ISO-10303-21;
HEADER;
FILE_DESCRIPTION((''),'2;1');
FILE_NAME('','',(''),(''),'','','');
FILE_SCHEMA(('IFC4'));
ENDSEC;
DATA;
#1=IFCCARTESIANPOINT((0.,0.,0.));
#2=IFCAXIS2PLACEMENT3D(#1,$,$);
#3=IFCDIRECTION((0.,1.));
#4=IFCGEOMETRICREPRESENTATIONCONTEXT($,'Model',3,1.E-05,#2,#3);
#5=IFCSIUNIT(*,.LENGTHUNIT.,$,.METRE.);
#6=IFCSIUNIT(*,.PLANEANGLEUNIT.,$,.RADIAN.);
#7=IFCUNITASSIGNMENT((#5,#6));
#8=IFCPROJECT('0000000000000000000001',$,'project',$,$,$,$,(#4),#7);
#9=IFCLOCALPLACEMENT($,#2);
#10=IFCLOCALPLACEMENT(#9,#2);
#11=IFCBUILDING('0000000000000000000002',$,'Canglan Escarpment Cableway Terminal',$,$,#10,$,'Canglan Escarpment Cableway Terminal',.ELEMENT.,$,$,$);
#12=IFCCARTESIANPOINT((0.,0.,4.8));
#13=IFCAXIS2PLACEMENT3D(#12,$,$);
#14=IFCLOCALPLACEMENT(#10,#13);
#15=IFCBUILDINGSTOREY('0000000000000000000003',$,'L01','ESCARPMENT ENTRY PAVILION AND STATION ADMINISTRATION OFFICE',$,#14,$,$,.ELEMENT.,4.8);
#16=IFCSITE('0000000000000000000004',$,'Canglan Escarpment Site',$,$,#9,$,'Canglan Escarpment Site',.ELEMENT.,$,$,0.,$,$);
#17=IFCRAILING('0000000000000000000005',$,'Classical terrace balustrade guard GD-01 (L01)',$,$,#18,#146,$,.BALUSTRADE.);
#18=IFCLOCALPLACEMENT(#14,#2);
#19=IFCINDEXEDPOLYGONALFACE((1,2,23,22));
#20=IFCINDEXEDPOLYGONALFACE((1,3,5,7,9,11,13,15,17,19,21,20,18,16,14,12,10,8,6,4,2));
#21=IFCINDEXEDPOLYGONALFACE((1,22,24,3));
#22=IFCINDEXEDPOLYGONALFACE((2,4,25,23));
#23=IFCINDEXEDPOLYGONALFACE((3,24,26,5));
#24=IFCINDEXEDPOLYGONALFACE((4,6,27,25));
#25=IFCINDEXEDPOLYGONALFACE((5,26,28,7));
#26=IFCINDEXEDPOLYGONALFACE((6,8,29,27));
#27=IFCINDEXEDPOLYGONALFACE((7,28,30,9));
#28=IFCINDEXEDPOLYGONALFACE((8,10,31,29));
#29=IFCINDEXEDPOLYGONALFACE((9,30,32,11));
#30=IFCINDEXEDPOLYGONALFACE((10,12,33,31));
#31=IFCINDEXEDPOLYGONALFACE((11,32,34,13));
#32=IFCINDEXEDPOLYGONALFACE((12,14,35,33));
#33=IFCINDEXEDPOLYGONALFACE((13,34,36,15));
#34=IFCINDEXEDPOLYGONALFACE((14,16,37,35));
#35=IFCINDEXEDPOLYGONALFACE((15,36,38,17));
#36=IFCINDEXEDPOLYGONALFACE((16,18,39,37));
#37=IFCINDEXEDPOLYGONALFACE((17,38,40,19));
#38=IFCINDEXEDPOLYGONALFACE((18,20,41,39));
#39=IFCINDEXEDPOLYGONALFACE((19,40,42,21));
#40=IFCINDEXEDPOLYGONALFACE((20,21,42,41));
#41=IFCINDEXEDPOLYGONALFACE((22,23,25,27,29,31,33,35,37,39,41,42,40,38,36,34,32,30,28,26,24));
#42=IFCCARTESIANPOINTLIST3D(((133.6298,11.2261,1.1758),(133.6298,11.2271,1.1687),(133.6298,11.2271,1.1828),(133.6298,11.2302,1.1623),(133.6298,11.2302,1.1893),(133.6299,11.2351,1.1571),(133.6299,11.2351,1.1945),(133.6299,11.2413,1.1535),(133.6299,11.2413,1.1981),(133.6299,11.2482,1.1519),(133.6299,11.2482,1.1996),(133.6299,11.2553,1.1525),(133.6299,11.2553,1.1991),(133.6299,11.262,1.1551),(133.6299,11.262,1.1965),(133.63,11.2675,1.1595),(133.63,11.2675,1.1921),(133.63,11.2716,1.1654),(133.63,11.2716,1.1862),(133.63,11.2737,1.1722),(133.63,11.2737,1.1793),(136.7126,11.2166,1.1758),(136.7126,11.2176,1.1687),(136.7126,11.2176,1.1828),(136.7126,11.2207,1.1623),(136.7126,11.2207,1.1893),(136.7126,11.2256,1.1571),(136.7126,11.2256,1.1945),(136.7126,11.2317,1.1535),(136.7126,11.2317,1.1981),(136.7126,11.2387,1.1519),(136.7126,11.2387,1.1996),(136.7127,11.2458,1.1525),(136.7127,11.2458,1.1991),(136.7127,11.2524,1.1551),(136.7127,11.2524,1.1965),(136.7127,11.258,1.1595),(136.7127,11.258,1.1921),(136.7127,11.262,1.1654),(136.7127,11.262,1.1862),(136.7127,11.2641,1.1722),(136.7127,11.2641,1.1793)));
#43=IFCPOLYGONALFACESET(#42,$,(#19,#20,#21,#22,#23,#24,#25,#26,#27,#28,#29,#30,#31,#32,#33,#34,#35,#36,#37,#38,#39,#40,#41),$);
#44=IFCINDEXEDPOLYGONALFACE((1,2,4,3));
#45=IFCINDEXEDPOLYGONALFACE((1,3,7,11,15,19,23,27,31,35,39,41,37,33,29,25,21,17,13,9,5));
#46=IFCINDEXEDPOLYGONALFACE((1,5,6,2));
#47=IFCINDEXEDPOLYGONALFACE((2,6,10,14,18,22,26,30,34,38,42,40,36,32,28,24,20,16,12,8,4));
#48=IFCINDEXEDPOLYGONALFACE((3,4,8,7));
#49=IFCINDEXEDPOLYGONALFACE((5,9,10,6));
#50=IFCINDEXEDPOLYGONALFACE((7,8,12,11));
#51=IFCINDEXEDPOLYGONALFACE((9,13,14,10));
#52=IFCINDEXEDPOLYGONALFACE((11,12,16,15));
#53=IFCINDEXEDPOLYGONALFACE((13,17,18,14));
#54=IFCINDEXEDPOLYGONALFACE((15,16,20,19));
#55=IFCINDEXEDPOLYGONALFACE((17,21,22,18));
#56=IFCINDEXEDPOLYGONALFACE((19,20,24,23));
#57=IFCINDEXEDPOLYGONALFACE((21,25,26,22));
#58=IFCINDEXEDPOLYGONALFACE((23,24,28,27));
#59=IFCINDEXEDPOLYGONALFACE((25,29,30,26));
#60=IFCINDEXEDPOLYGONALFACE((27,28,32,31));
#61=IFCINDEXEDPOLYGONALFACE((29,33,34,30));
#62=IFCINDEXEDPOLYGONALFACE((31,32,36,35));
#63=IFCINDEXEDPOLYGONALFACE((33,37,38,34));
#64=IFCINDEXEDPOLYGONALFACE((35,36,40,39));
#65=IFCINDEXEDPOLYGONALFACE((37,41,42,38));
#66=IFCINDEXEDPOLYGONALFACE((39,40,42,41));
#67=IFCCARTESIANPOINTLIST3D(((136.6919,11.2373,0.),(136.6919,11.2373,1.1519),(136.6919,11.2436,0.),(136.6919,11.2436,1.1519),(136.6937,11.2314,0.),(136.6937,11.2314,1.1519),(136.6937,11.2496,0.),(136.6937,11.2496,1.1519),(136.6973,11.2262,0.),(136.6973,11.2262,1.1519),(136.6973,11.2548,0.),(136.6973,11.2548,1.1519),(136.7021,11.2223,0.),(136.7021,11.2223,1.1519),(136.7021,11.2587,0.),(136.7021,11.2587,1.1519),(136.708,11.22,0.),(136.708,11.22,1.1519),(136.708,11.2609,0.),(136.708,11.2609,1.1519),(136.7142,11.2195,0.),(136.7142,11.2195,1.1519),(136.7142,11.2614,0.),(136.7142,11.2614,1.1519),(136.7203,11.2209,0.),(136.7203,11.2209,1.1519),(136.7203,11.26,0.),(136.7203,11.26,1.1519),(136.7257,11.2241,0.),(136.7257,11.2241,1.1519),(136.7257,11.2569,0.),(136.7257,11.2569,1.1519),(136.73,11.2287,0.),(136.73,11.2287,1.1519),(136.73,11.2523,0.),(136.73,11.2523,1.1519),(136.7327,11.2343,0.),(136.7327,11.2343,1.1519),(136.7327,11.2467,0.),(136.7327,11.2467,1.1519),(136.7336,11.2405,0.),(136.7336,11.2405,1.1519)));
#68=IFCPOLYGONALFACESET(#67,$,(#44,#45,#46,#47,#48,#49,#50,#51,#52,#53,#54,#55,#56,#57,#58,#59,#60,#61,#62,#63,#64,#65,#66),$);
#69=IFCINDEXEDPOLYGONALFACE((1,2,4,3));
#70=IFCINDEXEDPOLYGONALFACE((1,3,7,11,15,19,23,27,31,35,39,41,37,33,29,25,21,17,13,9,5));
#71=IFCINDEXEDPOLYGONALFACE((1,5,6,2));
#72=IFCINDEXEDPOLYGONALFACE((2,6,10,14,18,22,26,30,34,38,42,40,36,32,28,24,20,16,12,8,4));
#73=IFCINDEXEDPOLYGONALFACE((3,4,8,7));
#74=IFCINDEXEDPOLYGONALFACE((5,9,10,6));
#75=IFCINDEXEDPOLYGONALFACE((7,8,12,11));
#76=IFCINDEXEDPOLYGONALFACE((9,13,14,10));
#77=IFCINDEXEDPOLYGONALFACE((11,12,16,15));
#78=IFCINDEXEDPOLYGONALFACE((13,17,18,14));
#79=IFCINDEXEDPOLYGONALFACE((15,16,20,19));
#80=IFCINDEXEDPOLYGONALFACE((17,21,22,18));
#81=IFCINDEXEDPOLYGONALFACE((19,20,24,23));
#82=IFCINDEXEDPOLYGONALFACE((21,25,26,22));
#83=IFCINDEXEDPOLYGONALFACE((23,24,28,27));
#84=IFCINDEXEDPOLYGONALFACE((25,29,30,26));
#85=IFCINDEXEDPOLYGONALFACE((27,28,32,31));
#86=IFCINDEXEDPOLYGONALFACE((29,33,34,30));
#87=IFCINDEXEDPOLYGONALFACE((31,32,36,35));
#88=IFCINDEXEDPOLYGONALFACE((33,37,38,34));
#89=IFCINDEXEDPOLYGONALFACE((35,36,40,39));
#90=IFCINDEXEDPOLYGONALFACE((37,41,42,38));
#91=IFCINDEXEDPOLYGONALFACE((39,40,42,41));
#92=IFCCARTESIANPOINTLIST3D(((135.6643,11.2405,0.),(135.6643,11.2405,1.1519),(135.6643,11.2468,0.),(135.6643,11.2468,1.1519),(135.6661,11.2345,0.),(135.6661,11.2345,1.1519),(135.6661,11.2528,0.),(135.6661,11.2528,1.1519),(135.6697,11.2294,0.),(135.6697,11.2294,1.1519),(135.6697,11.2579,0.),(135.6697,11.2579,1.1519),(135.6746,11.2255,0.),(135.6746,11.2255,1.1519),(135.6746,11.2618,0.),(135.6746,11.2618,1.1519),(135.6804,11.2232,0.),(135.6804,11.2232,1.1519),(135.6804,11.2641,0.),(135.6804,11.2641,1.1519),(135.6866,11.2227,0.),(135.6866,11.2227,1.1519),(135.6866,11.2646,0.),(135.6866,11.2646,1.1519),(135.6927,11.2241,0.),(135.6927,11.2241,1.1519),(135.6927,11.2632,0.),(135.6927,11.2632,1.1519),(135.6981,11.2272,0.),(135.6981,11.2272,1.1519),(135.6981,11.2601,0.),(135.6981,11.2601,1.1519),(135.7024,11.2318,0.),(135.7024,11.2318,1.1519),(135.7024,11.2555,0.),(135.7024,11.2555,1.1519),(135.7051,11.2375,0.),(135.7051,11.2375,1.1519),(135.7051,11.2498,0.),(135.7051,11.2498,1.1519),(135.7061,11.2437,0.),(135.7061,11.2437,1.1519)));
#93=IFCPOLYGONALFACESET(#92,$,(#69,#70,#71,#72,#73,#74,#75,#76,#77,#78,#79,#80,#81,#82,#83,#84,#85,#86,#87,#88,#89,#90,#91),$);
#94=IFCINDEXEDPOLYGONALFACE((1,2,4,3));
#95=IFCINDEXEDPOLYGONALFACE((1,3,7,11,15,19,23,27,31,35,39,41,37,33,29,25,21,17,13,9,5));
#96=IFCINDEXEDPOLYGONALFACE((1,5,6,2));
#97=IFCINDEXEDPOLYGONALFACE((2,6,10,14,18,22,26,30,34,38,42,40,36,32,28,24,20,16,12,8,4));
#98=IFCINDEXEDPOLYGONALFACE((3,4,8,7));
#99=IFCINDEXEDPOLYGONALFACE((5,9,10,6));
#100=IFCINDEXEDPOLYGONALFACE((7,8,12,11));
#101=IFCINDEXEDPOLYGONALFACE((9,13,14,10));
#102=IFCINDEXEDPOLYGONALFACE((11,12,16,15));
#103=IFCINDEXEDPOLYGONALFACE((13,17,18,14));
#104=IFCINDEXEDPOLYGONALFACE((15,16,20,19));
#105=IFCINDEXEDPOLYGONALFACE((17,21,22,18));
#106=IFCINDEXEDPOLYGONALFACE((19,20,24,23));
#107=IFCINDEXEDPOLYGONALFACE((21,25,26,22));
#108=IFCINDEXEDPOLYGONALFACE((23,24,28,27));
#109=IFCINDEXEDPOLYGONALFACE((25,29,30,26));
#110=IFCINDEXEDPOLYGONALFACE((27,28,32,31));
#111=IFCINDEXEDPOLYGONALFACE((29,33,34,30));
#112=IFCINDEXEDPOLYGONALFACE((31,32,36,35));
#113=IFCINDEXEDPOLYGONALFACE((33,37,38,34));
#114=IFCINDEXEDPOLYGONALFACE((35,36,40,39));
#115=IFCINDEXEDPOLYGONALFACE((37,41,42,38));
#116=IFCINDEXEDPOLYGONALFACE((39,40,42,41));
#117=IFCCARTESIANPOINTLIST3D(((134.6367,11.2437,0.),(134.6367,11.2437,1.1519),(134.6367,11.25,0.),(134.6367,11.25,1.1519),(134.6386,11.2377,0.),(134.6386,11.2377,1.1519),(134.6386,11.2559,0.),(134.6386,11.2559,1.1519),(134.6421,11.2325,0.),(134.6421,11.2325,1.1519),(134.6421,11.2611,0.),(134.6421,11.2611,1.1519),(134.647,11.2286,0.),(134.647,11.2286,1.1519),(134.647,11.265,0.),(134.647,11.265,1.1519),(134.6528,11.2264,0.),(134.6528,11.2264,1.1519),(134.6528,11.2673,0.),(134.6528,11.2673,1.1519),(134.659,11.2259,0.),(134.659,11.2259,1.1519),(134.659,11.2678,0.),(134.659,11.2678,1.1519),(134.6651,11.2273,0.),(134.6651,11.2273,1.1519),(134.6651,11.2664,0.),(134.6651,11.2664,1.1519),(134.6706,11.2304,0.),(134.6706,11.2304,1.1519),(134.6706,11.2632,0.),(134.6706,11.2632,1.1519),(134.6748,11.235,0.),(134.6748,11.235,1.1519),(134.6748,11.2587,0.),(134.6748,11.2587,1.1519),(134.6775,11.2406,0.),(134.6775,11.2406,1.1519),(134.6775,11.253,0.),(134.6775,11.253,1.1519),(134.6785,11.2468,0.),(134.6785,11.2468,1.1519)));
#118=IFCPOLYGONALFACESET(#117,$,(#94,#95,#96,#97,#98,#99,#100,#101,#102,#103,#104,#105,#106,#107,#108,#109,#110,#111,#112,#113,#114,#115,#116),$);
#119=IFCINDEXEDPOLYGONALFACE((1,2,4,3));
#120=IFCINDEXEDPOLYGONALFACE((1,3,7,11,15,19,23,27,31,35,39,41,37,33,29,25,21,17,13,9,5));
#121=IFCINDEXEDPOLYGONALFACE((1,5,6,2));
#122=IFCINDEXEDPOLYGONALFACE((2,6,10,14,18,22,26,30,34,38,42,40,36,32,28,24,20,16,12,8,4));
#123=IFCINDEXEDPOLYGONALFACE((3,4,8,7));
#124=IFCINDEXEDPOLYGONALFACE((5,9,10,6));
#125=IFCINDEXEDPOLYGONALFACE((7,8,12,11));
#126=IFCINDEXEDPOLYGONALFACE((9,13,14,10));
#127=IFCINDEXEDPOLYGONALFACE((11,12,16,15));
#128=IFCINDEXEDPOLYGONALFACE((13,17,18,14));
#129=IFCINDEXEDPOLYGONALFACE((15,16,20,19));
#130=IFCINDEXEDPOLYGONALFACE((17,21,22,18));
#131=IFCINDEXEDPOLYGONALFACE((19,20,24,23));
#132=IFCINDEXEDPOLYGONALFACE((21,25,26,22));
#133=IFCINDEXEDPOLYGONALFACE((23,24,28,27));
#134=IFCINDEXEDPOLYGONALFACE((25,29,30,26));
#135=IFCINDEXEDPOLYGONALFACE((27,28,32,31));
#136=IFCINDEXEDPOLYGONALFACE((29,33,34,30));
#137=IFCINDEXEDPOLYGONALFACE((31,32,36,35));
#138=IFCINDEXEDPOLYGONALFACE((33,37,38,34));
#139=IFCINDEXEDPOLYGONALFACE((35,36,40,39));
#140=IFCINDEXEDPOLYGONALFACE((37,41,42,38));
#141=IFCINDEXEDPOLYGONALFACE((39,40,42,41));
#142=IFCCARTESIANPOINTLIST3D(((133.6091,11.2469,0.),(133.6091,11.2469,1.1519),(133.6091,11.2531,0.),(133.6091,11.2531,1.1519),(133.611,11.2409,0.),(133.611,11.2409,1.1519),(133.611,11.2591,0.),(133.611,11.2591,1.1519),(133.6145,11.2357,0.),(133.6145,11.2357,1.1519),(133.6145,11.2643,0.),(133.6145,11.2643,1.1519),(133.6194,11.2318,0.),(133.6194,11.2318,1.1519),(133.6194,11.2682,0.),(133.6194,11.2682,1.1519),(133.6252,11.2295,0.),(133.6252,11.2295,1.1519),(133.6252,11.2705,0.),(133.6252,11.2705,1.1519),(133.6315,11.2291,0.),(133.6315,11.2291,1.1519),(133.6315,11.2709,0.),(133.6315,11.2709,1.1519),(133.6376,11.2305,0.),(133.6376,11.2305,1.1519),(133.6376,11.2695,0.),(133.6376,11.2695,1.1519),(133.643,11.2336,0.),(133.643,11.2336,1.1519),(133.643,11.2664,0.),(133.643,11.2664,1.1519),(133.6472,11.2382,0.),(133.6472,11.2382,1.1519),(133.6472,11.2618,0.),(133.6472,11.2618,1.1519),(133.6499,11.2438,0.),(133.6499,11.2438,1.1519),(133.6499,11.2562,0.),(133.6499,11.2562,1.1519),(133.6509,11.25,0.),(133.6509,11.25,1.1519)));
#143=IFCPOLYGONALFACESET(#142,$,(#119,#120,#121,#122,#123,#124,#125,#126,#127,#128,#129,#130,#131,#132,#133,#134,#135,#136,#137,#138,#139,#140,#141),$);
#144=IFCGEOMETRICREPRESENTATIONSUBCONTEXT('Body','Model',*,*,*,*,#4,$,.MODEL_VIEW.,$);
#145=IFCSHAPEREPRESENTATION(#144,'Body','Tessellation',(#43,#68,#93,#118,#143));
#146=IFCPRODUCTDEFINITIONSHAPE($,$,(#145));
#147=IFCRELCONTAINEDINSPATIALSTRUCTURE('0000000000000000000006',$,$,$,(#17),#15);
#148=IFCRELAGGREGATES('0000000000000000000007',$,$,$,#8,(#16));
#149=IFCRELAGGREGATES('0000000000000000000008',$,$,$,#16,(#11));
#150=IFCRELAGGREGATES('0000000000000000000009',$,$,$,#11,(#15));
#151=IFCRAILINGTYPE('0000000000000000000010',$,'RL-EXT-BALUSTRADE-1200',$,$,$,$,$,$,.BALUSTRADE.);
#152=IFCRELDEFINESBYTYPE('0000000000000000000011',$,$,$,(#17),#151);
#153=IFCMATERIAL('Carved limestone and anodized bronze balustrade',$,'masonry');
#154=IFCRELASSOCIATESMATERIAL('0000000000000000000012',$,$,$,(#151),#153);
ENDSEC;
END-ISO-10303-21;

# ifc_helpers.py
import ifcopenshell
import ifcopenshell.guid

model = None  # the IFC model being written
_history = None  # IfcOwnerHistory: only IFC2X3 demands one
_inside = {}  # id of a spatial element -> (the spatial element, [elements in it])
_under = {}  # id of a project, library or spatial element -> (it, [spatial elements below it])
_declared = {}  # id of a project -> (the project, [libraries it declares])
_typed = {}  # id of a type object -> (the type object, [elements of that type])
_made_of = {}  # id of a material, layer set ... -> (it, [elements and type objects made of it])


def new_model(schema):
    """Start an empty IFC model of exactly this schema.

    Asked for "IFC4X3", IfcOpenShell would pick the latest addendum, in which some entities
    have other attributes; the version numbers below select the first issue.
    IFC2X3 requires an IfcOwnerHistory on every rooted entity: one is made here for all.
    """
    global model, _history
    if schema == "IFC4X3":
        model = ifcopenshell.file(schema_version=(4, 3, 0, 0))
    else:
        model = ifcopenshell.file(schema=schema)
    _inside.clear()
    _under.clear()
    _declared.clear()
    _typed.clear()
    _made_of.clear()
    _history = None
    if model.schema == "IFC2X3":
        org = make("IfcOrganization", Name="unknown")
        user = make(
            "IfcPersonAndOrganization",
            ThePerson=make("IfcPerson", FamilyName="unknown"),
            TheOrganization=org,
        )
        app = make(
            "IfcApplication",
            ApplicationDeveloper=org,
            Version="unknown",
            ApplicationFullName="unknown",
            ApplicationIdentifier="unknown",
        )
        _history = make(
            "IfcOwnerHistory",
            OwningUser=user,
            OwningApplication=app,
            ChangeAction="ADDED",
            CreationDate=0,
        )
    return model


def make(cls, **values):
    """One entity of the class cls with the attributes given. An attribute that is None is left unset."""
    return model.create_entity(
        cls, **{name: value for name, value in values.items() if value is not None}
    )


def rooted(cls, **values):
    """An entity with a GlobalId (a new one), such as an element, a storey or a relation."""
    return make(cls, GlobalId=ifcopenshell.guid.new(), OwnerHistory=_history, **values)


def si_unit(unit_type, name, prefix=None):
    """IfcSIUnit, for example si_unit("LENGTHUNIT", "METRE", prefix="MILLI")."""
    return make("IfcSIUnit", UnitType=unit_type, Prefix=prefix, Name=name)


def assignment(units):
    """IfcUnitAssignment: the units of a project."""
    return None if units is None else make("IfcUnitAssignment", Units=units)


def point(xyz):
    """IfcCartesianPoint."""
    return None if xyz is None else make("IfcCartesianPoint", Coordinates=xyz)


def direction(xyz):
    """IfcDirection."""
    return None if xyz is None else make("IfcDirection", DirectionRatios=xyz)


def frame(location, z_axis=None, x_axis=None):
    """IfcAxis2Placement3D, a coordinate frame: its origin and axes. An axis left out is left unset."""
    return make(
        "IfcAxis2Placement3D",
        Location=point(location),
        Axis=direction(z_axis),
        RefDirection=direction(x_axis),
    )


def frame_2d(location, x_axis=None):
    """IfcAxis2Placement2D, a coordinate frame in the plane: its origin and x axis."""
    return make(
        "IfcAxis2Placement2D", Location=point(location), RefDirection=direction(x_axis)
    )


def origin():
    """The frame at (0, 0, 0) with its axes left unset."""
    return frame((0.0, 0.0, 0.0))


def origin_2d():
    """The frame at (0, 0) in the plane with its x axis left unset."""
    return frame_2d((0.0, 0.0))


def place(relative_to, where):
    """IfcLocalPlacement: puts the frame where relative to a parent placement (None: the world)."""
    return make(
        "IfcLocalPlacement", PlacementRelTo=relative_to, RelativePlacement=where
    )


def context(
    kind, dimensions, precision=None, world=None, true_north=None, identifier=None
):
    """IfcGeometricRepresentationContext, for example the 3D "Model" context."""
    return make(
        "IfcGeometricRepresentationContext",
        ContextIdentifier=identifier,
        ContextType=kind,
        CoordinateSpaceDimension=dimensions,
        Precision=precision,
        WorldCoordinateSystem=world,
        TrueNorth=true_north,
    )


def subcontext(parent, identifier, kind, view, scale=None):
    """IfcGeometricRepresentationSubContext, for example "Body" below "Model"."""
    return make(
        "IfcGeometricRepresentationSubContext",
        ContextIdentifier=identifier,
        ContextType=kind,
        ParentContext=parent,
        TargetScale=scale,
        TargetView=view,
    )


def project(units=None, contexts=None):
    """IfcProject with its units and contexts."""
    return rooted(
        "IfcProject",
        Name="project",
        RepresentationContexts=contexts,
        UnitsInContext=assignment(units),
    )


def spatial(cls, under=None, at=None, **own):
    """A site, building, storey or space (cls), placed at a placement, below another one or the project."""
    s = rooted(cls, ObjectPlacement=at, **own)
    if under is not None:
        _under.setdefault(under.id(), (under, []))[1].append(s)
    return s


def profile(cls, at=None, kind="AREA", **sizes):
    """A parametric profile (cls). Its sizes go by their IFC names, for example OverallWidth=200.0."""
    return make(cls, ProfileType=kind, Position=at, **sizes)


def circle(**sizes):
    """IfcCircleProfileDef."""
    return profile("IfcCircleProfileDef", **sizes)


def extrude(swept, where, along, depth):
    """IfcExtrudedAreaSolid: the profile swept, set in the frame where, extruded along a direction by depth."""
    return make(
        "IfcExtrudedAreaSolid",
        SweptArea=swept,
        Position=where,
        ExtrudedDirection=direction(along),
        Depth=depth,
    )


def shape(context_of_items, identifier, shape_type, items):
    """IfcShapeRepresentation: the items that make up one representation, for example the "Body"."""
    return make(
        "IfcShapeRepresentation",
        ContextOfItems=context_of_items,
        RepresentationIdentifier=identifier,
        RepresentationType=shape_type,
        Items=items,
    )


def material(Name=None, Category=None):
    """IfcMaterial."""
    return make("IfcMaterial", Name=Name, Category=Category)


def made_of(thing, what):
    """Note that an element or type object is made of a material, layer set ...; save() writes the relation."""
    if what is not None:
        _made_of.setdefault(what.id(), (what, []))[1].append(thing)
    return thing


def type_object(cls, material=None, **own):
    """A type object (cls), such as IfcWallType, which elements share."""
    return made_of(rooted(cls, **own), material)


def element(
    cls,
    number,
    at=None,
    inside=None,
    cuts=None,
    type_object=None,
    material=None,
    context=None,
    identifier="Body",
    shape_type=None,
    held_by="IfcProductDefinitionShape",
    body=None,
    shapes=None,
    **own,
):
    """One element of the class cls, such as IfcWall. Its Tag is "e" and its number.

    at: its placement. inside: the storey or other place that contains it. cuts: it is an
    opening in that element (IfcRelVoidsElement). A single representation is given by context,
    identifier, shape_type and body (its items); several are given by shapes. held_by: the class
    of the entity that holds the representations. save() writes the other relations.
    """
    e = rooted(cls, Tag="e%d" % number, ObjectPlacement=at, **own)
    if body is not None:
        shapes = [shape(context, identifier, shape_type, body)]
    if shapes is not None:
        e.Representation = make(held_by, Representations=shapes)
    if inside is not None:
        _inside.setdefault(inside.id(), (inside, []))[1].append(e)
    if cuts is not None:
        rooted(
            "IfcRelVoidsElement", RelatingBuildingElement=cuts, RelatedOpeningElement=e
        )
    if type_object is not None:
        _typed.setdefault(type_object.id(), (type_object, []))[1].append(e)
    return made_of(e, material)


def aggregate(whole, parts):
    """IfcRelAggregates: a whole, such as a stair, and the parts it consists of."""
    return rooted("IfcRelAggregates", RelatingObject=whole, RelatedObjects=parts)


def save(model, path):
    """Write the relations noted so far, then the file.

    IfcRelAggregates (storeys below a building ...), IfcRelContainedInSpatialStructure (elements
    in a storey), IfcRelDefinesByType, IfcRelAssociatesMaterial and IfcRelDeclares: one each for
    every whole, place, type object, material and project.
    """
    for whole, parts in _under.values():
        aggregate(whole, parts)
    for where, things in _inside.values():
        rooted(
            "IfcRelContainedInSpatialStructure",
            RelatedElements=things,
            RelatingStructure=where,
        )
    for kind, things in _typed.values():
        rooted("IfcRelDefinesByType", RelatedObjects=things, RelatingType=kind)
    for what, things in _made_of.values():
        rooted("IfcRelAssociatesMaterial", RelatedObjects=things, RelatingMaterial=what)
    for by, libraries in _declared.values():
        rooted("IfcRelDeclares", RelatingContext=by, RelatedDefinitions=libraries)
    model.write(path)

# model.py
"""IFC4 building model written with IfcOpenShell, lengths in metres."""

from ifc_helpers import new_model, si_unit, direction, frame, origin, origin_2d, place, context, subcontext, project, spatial, circle, extrude, material, type_object, element, save


model = new_model("IFC4")

# Units and contexts
model_context = context("Model", 3, precision=1e-05, world=origin(), true_north=direction((0.0, 1.0)))
body_context = subcontext(model_context, "Body", "Model", "MODEL_VIEW")
ifc_project = project(units=[si_unit("LENGTHUNIT", "METRE"), si_unit("PLANEANGLEUNIT", "RADIAN")], contexts=[model_context])

# Site, building, storey
site_placement = place(None, origin())
site = spatial("IfcSite", under=ifc_project, at=site_placement, Name="Canglan Escarpment Site", LongName="Canglan Escarpment Site", CompositionType="ELEMENT", RefElevation=0.0)
building_placement = place(site_placement, origin())
building = spatial("IfcBuilding", under=site, at=building_placement, Name="Canglan Escarpment Cableway Terminal", LongName="Canglan Escarpment Cableway Terminal", CompositionType="ELEMENT")
storey_placement = place(building_placement, frame((0.0, 0.0, 4.8)))
storey = spatial("IfcBuildingStorey", under=building, at=storey_placement, Name="L01", Description="ESCARPMENT ENTRY PAVILION AND STATION ADMINISTRATION OFFICE", CompositionType="ELEMENT", Elevation=4.8)

# Railing
ifc_material_1 = material(Name="Carved limestone and anodized bronze balustrade", Category="masonry")
railing_type = type_object("IfcRailingType", Name="RL-EXT-BALUSTRADE-1200", PredefinedType="BALUSTRADE", material=ifc_material_1)
railing_1_placement = place(storey_placement, frame((136.7126, 11.2405, 0.0)))
element("IfcRailing", 1, at=railing_1_placement, inside=storey, type_object=railing_type, Name="Classical terrace balustrade guard GD-01 (L01)", PredefinedType="BALUSTRADE", context=body_context, shape_type="SweptSolid", body=[
    extrude(circle(Radius=0.0239, at=origin_2d()), frame((0.0, 0.0, 1.1758), z_axis=(-0.999995, 0.003089, 0.0), x_axis=(-0.003089, -0.999995, 0.0)), (0.0, 0.0, 1.0), 3.0828),
    extrude(circle(Radius=0.021, at=origin_2d()), origin(), (0.0, 0.0, 1.0), 1.1519),
    extrude(circle(Radius=0.021, at=origin_2d()), frame((-1.0276, 0.0032, 0.0)), (0.0, 0.0, 1.0), 1.1519),
    extrude(circle(Radius=0.021, at=origin_2d()), frame((-2.0552, 0.0063, 0.0)), (0.0, 0.0, 1.0), 1.1519),
    extrude(circle(Radius=0.021, at=origin_2d()), frame((-3.0828, 0.0095, 0.0)), (0.0, 0.0, 1.0), 1.1519),
])

save(model, "model.ifc")
